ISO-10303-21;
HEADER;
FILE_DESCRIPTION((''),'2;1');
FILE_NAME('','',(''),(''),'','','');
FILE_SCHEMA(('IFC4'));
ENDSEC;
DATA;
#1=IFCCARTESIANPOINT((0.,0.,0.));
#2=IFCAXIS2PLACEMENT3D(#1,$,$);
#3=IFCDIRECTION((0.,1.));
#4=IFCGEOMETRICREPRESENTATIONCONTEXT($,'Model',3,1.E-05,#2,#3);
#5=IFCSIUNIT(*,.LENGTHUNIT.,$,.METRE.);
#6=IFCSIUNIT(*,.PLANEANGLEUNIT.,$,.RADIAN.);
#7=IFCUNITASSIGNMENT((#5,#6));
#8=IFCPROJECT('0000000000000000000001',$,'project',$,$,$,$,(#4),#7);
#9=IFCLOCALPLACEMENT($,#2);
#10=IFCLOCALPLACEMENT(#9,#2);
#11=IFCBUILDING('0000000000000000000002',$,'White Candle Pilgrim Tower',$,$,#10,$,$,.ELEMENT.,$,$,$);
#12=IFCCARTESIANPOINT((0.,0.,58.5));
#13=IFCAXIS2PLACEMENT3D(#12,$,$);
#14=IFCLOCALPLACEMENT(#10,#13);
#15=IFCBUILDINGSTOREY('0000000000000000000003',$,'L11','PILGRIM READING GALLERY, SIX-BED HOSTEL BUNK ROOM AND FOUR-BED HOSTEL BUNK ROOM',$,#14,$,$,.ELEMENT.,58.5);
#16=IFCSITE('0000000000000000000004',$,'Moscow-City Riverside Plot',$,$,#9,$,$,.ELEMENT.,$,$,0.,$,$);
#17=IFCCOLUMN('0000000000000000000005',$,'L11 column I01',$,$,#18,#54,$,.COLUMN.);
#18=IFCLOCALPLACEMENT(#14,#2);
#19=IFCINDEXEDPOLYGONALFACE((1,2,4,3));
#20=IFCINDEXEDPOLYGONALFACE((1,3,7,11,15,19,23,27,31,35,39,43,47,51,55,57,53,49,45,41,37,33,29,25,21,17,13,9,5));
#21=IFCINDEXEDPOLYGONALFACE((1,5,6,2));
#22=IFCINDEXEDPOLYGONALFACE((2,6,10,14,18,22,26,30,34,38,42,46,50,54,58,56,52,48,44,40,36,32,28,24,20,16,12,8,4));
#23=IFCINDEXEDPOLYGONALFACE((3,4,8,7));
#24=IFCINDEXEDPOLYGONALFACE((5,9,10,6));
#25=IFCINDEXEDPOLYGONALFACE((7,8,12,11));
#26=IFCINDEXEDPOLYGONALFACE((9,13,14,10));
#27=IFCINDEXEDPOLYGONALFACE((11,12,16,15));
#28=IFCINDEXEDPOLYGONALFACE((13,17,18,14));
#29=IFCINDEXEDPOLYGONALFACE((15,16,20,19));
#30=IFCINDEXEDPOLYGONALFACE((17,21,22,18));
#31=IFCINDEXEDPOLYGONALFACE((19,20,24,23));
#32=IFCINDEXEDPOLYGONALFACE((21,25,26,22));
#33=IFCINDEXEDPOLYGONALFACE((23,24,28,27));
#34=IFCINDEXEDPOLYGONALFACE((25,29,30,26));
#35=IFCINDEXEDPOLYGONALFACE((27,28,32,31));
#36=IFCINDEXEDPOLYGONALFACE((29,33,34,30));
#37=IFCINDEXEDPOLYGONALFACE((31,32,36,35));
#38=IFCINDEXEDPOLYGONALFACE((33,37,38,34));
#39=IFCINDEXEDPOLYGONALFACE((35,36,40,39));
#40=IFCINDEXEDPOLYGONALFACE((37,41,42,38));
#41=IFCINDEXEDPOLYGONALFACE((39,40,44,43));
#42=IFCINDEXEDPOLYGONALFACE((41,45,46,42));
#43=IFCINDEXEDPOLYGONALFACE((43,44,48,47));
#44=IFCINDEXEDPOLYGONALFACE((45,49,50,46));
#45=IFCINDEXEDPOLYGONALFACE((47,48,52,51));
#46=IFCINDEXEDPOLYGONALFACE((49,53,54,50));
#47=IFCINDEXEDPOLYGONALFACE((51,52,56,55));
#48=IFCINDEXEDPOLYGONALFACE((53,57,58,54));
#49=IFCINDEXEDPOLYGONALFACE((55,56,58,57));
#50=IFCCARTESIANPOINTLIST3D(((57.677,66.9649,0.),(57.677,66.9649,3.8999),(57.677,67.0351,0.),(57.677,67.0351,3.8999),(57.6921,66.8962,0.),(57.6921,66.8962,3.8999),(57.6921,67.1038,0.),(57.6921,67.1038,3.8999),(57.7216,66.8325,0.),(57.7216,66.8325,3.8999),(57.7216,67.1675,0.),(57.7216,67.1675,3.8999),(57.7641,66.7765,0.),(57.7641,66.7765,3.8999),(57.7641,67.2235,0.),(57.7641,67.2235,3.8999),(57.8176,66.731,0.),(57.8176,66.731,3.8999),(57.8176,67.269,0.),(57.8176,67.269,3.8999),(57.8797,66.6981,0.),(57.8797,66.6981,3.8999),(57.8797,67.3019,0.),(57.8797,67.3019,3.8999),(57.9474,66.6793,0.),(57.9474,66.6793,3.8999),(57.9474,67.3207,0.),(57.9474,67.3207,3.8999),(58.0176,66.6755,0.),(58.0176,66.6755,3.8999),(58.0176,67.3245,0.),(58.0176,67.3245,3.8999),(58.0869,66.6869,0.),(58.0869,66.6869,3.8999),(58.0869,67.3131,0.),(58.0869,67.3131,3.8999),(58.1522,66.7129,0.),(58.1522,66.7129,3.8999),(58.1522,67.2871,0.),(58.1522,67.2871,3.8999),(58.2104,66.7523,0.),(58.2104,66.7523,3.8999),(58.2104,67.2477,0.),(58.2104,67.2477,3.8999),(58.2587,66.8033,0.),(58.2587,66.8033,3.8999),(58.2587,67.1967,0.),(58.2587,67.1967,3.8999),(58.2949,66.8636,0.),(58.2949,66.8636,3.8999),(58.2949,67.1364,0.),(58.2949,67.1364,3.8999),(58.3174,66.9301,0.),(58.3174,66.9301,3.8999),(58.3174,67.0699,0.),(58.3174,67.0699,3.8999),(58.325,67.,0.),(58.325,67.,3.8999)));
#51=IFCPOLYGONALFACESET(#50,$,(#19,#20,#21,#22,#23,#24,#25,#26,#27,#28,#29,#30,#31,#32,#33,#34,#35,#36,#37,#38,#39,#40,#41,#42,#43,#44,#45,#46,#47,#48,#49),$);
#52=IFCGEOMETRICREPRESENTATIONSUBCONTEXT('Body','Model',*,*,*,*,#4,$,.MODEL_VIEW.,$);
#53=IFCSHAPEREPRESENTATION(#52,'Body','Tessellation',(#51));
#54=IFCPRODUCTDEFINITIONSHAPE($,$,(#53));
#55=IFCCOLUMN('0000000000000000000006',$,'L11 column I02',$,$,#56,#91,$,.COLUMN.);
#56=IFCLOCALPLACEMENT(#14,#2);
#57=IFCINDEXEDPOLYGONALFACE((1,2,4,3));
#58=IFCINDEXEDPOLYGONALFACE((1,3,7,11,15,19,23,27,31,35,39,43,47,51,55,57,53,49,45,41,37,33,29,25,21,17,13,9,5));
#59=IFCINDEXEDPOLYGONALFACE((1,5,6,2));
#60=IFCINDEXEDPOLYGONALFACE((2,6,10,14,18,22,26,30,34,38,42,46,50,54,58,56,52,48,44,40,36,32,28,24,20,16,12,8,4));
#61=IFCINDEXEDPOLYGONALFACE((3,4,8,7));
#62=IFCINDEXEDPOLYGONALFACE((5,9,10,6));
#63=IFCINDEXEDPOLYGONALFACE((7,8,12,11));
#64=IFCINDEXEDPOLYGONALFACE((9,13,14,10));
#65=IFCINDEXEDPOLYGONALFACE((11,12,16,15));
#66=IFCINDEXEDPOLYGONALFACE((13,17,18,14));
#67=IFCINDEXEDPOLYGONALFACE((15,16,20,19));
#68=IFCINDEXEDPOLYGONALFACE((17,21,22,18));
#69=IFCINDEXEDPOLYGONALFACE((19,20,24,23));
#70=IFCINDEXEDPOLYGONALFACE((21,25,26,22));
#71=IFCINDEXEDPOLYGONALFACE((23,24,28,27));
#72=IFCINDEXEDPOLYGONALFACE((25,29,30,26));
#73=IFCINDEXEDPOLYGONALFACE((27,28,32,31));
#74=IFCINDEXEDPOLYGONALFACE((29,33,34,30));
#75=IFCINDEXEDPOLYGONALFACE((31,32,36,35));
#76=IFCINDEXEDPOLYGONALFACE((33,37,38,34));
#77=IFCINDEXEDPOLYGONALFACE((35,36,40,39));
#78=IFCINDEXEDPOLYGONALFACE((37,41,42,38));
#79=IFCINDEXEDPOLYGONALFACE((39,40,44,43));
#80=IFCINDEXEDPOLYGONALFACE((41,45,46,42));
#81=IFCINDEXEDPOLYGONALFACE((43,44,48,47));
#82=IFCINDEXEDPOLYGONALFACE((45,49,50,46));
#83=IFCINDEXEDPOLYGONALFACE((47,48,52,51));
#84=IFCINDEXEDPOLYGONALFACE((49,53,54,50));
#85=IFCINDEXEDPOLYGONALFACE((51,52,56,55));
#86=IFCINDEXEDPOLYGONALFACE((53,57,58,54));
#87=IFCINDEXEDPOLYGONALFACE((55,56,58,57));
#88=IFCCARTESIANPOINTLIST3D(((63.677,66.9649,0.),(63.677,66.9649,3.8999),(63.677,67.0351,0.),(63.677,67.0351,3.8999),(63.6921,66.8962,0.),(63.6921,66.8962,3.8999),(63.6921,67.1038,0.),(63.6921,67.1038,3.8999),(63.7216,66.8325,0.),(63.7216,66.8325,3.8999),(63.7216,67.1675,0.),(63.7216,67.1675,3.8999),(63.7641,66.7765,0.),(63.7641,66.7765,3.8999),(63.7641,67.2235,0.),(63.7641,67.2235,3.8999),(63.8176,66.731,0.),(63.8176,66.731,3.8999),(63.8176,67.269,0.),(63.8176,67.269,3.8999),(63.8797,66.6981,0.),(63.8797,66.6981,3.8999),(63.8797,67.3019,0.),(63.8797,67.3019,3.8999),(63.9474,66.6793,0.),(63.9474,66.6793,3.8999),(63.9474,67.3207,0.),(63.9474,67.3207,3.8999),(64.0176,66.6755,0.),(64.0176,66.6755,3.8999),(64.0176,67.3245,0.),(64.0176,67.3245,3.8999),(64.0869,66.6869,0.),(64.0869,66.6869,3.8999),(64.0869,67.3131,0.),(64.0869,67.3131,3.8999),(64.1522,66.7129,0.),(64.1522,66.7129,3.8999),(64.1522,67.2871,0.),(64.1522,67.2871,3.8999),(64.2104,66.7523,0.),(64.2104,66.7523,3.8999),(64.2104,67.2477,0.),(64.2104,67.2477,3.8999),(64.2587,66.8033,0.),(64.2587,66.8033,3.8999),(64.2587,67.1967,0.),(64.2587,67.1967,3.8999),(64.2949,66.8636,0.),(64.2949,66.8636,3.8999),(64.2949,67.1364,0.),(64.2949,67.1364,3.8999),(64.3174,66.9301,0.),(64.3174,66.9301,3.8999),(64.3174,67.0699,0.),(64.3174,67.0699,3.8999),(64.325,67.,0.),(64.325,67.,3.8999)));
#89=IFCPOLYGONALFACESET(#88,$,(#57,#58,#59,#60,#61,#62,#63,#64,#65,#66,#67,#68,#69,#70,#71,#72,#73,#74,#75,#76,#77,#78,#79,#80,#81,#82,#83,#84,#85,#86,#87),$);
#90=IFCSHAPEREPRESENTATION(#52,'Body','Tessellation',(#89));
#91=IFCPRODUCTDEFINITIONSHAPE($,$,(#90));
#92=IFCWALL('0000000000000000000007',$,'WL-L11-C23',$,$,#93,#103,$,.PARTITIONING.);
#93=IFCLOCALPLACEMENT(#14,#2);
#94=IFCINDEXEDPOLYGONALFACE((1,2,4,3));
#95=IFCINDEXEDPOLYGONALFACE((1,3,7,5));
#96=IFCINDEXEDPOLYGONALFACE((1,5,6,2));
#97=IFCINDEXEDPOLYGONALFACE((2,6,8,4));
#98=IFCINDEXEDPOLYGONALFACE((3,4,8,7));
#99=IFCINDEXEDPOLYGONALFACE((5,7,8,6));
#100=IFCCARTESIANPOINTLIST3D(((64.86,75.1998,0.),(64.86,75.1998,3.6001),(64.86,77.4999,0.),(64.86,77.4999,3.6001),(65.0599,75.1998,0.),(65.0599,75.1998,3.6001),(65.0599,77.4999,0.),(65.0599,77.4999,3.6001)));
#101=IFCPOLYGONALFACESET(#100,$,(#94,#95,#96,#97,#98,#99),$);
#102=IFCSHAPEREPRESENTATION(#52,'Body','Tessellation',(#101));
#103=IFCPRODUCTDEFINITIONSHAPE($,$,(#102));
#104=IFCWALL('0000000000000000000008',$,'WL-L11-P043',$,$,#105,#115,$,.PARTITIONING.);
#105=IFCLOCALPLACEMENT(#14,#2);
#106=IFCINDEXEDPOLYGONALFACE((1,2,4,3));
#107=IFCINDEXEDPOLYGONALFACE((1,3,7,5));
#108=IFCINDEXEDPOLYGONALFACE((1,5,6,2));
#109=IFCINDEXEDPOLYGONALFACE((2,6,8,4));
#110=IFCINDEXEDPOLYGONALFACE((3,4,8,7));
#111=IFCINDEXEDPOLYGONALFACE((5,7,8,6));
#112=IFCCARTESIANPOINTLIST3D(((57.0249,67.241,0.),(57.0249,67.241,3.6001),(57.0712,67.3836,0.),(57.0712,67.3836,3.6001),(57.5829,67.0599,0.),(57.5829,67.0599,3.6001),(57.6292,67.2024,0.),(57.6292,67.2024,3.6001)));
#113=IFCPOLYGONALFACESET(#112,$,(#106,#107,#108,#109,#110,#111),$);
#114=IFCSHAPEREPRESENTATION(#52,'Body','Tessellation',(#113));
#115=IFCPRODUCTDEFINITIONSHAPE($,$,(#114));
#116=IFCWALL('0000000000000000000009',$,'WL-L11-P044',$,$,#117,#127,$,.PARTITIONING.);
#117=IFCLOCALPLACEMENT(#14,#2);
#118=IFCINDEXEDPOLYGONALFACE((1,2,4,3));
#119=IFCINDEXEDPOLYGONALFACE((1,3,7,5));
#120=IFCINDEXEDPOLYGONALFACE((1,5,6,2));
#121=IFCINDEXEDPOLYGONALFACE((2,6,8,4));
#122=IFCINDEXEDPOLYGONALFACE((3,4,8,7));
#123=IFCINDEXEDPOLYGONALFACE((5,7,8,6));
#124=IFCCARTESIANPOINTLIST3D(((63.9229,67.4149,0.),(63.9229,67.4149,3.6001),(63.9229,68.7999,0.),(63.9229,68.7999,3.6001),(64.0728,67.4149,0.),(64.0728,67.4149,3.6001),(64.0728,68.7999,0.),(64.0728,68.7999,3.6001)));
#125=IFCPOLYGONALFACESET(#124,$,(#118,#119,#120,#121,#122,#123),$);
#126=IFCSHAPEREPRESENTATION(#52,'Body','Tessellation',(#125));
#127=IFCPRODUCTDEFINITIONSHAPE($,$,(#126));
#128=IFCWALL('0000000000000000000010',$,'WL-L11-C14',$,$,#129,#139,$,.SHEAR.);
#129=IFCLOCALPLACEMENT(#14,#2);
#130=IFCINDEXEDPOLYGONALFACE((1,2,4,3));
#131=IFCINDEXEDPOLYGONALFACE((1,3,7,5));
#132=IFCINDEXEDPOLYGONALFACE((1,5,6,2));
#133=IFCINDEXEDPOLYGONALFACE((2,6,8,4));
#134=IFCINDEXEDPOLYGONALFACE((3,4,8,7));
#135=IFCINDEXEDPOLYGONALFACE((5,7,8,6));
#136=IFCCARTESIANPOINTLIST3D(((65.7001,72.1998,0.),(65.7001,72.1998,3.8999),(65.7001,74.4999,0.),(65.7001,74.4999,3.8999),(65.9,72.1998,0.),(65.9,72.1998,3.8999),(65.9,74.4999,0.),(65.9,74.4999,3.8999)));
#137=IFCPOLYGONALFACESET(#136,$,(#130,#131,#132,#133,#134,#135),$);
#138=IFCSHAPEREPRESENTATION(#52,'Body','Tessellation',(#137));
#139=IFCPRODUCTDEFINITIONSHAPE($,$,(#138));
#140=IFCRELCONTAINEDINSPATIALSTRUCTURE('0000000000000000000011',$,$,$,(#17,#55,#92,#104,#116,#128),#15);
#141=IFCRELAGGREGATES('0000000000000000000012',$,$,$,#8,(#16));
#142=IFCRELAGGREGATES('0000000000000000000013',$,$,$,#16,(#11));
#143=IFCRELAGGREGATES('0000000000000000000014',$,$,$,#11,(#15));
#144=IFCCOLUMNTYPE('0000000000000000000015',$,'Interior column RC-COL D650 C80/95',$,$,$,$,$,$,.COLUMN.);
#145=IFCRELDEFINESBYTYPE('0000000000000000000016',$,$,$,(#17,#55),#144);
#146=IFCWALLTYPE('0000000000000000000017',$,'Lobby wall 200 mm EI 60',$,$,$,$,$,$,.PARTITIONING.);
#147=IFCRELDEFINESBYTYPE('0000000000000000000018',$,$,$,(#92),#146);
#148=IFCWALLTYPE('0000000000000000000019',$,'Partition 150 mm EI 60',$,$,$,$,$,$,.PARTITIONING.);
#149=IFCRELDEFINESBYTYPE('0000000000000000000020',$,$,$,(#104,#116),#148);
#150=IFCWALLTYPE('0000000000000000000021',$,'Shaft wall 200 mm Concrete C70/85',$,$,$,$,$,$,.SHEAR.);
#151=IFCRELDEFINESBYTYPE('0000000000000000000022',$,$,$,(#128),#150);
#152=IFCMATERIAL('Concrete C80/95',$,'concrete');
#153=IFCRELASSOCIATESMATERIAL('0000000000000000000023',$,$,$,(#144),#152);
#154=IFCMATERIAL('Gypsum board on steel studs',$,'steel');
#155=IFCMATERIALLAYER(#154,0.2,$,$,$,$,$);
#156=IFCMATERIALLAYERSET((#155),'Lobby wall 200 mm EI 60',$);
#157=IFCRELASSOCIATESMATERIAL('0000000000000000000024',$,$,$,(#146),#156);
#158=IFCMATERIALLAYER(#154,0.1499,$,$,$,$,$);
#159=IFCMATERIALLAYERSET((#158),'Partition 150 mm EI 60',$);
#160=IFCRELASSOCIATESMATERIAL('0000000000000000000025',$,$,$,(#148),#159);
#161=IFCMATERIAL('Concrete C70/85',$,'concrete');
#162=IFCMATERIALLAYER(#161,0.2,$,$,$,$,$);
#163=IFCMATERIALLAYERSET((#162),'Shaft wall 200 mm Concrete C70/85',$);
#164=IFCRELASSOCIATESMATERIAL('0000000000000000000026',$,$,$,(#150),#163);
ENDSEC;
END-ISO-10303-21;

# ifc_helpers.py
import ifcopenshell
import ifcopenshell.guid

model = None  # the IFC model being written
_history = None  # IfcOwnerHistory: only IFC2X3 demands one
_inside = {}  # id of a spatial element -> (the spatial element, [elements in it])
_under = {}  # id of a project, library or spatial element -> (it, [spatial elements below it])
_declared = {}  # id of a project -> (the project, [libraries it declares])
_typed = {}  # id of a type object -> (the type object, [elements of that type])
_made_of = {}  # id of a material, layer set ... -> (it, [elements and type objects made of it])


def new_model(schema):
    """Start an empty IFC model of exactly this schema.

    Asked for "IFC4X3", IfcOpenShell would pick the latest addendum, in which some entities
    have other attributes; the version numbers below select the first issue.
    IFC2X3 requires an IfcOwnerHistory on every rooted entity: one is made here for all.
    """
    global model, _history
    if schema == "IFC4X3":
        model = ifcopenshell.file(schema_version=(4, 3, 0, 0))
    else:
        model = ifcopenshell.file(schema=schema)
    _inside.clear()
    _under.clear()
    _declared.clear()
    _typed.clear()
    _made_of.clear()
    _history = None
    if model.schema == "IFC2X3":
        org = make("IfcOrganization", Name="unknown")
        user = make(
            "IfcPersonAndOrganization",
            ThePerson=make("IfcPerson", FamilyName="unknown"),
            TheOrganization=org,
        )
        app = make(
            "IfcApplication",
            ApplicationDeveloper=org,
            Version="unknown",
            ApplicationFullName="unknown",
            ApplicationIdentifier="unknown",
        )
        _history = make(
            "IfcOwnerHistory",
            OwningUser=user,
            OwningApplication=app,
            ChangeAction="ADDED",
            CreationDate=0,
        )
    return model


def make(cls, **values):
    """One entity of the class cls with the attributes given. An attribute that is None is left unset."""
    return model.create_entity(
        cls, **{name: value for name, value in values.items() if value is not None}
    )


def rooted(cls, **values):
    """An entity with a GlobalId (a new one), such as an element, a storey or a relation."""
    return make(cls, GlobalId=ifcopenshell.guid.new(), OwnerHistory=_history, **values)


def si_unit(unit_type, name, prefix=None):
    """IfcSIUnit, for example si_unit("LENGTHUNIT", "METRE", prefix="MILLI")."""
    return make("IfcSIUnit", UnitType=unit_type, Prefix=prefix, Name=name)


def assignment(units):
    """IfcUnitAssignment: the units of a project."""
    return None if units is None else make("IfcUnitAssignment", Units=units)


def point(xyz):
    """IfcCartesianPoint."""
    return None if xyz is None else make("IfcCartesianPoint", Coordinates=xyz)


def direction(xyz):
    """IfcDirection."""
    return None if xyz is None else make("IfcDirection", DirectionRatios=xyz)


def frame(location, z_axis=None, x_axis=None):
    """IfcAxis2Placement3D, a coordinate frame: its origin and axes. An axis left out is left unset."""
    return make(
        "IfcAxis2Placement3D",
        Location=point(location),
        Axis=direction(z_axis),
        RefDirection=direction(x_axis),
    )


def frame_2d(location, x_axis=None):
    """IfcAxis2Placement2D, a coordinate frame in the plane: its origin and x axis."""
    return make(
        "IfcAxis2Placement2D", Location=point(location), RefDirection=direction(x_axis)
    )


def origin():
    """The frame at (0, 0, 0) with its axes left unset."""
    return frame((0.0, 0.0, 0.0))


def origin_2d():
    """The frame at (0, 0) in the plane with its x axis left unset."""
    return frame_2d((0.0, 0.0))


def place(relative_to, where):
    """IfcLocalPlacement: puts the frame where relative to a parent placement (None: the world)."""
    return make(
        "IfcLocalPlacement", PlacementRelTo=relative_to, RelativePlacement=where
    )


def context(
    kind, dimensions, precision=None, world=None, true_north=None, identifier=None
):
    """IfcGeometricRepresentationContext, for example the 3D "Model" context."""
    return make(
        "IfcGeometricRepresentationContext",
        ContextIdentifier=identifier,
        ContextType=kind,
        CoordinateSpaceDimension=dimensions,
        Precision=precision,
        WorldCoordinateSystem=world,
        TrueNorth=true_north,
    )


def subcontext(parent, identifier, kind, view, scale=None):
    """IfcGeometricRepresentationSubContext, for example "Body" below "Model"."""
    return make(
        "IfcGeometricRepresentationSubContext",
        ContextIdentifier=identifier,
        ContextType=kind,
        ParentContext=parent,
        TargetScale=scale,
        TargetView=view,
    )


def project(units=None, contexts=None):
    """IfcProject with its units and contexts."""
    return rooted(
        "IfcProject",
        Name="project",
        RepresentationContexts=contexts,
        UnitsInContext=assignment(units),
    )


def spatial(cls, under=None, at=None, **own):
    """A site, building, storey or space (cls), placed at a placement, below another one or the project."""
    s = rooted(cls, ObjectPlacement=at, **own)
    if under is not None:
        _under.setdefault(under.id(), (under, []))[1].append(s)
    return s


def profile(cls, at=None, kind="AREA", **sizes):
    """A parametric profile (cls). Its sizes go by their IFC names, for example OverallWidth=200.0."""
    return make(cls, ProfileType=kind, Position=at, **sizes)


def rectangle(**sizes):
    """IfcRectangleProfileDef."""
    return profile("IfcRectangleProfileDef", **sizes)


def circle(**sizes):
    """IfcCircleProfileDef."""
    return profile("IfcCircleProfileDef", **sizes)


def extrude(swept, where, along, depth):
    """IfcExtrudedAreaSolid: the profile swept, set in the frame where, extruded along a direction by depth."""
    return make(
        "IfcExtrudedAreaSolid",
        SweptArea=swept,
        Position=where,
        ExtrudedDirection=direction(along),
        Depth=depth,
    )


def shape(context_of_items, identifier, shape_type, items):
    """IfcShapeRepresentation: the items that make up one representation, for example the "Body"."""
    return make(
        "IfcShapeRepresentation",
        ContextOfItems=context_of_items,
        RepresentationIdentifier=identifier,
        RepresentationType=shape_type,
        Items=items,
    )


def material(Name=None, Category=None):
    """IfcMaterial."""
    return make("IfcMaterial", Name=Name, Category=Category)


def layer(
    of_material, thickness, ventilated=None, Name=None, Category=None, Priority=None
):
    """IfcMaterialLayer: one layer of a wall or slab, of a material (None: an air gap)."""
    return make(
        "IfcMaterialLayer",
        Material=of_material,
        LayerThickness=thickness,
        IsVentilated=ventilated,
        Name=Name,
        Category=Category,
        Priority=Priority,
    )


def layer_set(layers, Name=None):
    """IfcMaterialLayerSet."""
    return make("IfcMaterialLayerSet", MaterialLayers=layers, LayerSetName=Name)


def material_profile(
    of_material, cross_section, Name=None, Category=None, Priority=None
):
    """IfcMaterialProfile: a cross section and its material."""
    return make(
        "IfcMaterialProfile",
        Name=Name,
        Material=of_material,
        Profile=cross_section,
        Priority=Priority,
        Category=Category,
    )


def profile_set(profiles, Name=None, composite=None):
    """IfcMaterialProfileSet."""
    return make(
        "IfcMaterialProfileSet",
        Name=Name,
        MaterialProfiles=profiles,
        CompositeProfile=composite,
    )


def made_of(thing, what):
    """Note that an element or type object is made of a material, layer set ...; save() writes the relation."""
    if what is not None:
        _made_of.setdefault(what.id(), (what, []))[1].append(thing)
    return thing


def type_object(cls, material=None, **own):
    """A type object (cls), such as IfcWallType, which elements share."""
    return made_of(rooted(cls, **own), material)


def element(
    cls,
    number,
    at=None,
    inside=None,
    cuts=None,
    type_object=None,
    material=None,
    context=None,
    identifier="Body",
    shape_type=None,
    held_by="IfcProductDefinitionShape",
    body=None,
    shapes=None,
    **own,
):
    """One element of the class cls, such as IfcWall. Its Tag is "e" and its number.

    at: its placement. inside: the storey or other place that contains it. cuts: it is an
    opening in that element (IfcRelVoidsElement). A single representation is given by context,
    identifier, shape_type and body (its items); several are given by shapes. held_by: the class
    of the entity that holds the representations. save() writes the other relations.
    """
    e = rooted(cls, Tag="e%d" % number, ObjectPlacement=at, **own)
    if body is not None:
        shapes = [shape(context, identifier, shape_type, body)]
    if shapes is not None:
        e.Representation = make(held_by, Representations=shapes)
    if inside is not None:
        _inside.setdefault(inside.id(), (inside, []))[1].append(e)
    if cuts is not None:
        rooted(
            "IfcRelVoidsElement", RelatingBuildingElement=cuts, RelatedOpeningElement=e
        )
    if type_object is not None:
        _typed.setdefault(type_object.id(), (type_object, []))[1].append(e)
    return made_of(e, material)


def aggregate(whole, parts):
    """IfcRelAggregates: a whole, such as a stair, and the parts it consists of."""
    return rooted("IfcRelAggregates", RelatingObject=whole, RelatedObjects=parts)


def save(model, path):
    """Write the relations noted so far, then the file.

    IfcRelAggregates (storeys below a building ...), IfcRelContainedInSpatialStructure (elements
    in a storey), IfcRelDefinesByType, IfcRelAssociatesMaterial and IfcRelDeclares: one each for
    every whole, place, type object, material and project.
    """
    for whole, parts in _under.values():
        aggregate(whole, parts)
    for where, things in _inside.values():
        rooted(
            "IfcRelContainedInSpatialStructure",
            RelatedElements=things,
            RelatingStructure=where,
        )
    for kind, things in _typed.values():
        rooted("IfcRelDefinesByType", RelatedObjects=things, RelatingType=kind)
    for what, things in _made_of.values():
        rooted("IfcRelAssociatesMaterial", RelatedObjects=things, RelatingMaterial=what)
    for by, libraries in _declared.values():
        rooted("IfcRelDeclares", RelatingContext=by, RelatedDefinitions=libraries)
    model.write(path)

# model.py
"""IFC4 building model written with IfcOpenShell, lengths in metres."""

from ifc_helpers import new_model, si_unit, direction, frame, frame_2d, origin, origin_2d, place, context, subcontext, project, spatial, rectangle, circle, extrude, material, layer, layer_set, material_profile, profile_set, type_object, element, save


model = new_model("IFC4")

# Units and contexts
model_context = context("Model", 3, precision=1e-05, world=origin(), true_north=direction((0.0, 1.0)))
body_context = subcontext(model_context, "Body", "Model", "MODEL_VIEW")
ifc_project = project(units=[si_unit("LENGTHUNIT", "METRE"), si_unit("PLANEANGLEUNIT", "RADIAN")], contexts=[model_context])

# Site, building, storey
site_placement = place(None, origin())
site = spatial("IfcSite", under=ifc_project, at=site_placement, Name="Moscow-City Riverside Plot", CompositionType="ELEMENT", RefElevation=0.0)
building_placement = place(site_placement, origin())
building = spatial("IfcBuilding", under=site, at=building_placement, Name="White Candle Pilgrim Tower", CompositionType="ELEMENT")
storey_placement = place(building_placement, frame((0.0, 0.0, 58.5)))
storey = spatial("IfcBuildingStorey", under=building, at=storey_placement, Name="L11", Description="PILGRIM READING GALLERY, SIX-BED HOSTEL BUNK ROOM AND FOUR-BED HOSTEL BUNK ROOM", CompositionType="ELEMENT", Elevation=58.5)

# Columns
ifc_material_1 = material(Name="Concrete C80/95", Category="concrete")
ifc_material_profile = material_profile(ifc_material_1, circle(Radius=0.325, at=origin_2d()), Name="RC-COL D650")
ifc_profile_set = profile_set([ifc_material_profile], Name="Concrete C80/95")
column_type = type_object("IfcColumnType", Name="Interior column RC-COL D650 C80/95", PredefinedType="COLUMN", material=ifc_profile_set)
for number, where, z_axis, x_axis, name in (
    (1, (58.0, 67.0, 0.0), (0.0, 0.0, 1.0), (1.0, 0.0, 0.0), "L11 column I01"),
    (2, (64.0, 67.0, 0.0), (0.0, 0.0, 1.0), (1.0, 0.0, 0.0), "L11 column I02"),
):
    element("IfcColumn", number, at=place(storey_placement, frame(where, z_axis=z_axis, x_axis=x_axis)), inside=storey, type_object=column_type, Name=name, PredefinedType="COLUMN", context=body_context, shape_type="SweptSolid", body=[
        extrude(circle(Radius=0.325, at=origin_2d()), origin(), (0.0, 0.0, 1.0), 3.8999),
    ])

# Walls
ifc_material_2 = material(Name="Gypsum board on steel studs", Category="steel")
ifc_layer_1 = layer(ifc_material_2, 0.2)
ifc_layer_set_1 = layer_set([ifc_layer_1], Name="Lobby wall 200 mm EI 60")
wall_type_1 = type_object("IfcWallType", Name="Lobby wall 200 mm EI 60", PredefinedType="PARTITIONING", material=ifc_layer_set_1)
wall_1_placement = place(storey_placement, frame((64.96, 75.2, 0.0), z_axis=(0.0, 0.0, 1.0), x_axis=(0.0, 1.0, 0.0)))
element("IfcWall", 3, at=wall_1_placement, inside=storey, type_object=wall_type_1, Name="WL-L11-C23", PredefinedType="PARTITIONING", context=body_context, shape_type="SweptSolid", body=[
    extrude(rectangle(XDim=2.3, YDim=0.2, at=frame_2d((1.1499, 0.0))), origin(), (0.0, 0.0, 1.0), 3.6001),
])
ifc_layer_2 = layer(ifc_material_2, 0.1499)
ifc_layer_set_2 = layer_set([ifc_layer_2], Name="Partition 150 mm EI 60")
wall_type_2 = type_object("IfcWallType", Name="Partition 150 mm EI 60", PredefinedType="PARTITIONING", material=ifc_layer_set_2)
wall_2_placement = place(storey_placement, frame((57.6062, 67.1311, 0.0), z_axis=(0.0, 0.0, 1.0), x_axis=(-0.95115, 0.308729, 0.0)))
element("IfcWall", 4, at=wall_2_placement, inside=storey, type_object=wall_type_2, Name="WL-L11-P043", PredefinedType="PARTITIONING", context=body_context, shape_type="SweptSolid", body=[
    extrude(rectangle(XDim=0.5867, YDim=0.1499, at=frame_2d((0.2935, 0.0))), origin(), (0.0, 0.0, 1.0), 3.6001),
])
wall_3_placement = place(storey_placement, frame((63.9978, 67.415, 0.0), z_axis=(0.0, 0.0, 1.0), x_axis=(0.0, 1.0, 0.0)))
element("IfcWall", 5, at=wall_3_placement, inside=storey, type_object=wall_type_2, Name="WL-L11-P044", PredefinedType="PARTITIONING", context=body_context, shape_type="SweptSolid", body=[
    extrude(rectangle(XDim=1.385, YDim=0.1499, at=frame_2d((0.6924, 0.0))), origin(), (0.0, 0.0, 1.0), 3.6001),
])
ifc_material_3 = material(Name="Concrete C70/85", Category="concrete")
ifc_layer_3 = layer(ifc_material_3, 0.2)
ifc_layer_set_3 = layer_set([ifc_layer_3], Name="Shaft wall 200 mm Concrete C70/85")
wall_type_3 = type_object("IfcWallType", Name="Shaft wall 200 mm Concrete C70/85", PredefinedType="SHEAR", material=ifc_layer_set_3)
wall_4_placement = place(storey_placement, frame((65.8, 72.2, 0.0), z_axis=(0.0, 0.0, 1.0), x_axis=(0.0, 1.0, 0.0)))
element("IfcWall", 6, at=wall_4_placement, inside=storey, type_object=wall_type_3, Name="WL-L11-C14", PredefinedType="SHEAR", context=body_context, shape_type="SweptSolid", body=[
    extrude(rectangle(XDim=2.3, YDim=0.2, at=frame_2d((1.1499, 0.0))), origin(), (0.0, 0.0, 1.0), 3.8999),
])

save(model, "model.ifc")
